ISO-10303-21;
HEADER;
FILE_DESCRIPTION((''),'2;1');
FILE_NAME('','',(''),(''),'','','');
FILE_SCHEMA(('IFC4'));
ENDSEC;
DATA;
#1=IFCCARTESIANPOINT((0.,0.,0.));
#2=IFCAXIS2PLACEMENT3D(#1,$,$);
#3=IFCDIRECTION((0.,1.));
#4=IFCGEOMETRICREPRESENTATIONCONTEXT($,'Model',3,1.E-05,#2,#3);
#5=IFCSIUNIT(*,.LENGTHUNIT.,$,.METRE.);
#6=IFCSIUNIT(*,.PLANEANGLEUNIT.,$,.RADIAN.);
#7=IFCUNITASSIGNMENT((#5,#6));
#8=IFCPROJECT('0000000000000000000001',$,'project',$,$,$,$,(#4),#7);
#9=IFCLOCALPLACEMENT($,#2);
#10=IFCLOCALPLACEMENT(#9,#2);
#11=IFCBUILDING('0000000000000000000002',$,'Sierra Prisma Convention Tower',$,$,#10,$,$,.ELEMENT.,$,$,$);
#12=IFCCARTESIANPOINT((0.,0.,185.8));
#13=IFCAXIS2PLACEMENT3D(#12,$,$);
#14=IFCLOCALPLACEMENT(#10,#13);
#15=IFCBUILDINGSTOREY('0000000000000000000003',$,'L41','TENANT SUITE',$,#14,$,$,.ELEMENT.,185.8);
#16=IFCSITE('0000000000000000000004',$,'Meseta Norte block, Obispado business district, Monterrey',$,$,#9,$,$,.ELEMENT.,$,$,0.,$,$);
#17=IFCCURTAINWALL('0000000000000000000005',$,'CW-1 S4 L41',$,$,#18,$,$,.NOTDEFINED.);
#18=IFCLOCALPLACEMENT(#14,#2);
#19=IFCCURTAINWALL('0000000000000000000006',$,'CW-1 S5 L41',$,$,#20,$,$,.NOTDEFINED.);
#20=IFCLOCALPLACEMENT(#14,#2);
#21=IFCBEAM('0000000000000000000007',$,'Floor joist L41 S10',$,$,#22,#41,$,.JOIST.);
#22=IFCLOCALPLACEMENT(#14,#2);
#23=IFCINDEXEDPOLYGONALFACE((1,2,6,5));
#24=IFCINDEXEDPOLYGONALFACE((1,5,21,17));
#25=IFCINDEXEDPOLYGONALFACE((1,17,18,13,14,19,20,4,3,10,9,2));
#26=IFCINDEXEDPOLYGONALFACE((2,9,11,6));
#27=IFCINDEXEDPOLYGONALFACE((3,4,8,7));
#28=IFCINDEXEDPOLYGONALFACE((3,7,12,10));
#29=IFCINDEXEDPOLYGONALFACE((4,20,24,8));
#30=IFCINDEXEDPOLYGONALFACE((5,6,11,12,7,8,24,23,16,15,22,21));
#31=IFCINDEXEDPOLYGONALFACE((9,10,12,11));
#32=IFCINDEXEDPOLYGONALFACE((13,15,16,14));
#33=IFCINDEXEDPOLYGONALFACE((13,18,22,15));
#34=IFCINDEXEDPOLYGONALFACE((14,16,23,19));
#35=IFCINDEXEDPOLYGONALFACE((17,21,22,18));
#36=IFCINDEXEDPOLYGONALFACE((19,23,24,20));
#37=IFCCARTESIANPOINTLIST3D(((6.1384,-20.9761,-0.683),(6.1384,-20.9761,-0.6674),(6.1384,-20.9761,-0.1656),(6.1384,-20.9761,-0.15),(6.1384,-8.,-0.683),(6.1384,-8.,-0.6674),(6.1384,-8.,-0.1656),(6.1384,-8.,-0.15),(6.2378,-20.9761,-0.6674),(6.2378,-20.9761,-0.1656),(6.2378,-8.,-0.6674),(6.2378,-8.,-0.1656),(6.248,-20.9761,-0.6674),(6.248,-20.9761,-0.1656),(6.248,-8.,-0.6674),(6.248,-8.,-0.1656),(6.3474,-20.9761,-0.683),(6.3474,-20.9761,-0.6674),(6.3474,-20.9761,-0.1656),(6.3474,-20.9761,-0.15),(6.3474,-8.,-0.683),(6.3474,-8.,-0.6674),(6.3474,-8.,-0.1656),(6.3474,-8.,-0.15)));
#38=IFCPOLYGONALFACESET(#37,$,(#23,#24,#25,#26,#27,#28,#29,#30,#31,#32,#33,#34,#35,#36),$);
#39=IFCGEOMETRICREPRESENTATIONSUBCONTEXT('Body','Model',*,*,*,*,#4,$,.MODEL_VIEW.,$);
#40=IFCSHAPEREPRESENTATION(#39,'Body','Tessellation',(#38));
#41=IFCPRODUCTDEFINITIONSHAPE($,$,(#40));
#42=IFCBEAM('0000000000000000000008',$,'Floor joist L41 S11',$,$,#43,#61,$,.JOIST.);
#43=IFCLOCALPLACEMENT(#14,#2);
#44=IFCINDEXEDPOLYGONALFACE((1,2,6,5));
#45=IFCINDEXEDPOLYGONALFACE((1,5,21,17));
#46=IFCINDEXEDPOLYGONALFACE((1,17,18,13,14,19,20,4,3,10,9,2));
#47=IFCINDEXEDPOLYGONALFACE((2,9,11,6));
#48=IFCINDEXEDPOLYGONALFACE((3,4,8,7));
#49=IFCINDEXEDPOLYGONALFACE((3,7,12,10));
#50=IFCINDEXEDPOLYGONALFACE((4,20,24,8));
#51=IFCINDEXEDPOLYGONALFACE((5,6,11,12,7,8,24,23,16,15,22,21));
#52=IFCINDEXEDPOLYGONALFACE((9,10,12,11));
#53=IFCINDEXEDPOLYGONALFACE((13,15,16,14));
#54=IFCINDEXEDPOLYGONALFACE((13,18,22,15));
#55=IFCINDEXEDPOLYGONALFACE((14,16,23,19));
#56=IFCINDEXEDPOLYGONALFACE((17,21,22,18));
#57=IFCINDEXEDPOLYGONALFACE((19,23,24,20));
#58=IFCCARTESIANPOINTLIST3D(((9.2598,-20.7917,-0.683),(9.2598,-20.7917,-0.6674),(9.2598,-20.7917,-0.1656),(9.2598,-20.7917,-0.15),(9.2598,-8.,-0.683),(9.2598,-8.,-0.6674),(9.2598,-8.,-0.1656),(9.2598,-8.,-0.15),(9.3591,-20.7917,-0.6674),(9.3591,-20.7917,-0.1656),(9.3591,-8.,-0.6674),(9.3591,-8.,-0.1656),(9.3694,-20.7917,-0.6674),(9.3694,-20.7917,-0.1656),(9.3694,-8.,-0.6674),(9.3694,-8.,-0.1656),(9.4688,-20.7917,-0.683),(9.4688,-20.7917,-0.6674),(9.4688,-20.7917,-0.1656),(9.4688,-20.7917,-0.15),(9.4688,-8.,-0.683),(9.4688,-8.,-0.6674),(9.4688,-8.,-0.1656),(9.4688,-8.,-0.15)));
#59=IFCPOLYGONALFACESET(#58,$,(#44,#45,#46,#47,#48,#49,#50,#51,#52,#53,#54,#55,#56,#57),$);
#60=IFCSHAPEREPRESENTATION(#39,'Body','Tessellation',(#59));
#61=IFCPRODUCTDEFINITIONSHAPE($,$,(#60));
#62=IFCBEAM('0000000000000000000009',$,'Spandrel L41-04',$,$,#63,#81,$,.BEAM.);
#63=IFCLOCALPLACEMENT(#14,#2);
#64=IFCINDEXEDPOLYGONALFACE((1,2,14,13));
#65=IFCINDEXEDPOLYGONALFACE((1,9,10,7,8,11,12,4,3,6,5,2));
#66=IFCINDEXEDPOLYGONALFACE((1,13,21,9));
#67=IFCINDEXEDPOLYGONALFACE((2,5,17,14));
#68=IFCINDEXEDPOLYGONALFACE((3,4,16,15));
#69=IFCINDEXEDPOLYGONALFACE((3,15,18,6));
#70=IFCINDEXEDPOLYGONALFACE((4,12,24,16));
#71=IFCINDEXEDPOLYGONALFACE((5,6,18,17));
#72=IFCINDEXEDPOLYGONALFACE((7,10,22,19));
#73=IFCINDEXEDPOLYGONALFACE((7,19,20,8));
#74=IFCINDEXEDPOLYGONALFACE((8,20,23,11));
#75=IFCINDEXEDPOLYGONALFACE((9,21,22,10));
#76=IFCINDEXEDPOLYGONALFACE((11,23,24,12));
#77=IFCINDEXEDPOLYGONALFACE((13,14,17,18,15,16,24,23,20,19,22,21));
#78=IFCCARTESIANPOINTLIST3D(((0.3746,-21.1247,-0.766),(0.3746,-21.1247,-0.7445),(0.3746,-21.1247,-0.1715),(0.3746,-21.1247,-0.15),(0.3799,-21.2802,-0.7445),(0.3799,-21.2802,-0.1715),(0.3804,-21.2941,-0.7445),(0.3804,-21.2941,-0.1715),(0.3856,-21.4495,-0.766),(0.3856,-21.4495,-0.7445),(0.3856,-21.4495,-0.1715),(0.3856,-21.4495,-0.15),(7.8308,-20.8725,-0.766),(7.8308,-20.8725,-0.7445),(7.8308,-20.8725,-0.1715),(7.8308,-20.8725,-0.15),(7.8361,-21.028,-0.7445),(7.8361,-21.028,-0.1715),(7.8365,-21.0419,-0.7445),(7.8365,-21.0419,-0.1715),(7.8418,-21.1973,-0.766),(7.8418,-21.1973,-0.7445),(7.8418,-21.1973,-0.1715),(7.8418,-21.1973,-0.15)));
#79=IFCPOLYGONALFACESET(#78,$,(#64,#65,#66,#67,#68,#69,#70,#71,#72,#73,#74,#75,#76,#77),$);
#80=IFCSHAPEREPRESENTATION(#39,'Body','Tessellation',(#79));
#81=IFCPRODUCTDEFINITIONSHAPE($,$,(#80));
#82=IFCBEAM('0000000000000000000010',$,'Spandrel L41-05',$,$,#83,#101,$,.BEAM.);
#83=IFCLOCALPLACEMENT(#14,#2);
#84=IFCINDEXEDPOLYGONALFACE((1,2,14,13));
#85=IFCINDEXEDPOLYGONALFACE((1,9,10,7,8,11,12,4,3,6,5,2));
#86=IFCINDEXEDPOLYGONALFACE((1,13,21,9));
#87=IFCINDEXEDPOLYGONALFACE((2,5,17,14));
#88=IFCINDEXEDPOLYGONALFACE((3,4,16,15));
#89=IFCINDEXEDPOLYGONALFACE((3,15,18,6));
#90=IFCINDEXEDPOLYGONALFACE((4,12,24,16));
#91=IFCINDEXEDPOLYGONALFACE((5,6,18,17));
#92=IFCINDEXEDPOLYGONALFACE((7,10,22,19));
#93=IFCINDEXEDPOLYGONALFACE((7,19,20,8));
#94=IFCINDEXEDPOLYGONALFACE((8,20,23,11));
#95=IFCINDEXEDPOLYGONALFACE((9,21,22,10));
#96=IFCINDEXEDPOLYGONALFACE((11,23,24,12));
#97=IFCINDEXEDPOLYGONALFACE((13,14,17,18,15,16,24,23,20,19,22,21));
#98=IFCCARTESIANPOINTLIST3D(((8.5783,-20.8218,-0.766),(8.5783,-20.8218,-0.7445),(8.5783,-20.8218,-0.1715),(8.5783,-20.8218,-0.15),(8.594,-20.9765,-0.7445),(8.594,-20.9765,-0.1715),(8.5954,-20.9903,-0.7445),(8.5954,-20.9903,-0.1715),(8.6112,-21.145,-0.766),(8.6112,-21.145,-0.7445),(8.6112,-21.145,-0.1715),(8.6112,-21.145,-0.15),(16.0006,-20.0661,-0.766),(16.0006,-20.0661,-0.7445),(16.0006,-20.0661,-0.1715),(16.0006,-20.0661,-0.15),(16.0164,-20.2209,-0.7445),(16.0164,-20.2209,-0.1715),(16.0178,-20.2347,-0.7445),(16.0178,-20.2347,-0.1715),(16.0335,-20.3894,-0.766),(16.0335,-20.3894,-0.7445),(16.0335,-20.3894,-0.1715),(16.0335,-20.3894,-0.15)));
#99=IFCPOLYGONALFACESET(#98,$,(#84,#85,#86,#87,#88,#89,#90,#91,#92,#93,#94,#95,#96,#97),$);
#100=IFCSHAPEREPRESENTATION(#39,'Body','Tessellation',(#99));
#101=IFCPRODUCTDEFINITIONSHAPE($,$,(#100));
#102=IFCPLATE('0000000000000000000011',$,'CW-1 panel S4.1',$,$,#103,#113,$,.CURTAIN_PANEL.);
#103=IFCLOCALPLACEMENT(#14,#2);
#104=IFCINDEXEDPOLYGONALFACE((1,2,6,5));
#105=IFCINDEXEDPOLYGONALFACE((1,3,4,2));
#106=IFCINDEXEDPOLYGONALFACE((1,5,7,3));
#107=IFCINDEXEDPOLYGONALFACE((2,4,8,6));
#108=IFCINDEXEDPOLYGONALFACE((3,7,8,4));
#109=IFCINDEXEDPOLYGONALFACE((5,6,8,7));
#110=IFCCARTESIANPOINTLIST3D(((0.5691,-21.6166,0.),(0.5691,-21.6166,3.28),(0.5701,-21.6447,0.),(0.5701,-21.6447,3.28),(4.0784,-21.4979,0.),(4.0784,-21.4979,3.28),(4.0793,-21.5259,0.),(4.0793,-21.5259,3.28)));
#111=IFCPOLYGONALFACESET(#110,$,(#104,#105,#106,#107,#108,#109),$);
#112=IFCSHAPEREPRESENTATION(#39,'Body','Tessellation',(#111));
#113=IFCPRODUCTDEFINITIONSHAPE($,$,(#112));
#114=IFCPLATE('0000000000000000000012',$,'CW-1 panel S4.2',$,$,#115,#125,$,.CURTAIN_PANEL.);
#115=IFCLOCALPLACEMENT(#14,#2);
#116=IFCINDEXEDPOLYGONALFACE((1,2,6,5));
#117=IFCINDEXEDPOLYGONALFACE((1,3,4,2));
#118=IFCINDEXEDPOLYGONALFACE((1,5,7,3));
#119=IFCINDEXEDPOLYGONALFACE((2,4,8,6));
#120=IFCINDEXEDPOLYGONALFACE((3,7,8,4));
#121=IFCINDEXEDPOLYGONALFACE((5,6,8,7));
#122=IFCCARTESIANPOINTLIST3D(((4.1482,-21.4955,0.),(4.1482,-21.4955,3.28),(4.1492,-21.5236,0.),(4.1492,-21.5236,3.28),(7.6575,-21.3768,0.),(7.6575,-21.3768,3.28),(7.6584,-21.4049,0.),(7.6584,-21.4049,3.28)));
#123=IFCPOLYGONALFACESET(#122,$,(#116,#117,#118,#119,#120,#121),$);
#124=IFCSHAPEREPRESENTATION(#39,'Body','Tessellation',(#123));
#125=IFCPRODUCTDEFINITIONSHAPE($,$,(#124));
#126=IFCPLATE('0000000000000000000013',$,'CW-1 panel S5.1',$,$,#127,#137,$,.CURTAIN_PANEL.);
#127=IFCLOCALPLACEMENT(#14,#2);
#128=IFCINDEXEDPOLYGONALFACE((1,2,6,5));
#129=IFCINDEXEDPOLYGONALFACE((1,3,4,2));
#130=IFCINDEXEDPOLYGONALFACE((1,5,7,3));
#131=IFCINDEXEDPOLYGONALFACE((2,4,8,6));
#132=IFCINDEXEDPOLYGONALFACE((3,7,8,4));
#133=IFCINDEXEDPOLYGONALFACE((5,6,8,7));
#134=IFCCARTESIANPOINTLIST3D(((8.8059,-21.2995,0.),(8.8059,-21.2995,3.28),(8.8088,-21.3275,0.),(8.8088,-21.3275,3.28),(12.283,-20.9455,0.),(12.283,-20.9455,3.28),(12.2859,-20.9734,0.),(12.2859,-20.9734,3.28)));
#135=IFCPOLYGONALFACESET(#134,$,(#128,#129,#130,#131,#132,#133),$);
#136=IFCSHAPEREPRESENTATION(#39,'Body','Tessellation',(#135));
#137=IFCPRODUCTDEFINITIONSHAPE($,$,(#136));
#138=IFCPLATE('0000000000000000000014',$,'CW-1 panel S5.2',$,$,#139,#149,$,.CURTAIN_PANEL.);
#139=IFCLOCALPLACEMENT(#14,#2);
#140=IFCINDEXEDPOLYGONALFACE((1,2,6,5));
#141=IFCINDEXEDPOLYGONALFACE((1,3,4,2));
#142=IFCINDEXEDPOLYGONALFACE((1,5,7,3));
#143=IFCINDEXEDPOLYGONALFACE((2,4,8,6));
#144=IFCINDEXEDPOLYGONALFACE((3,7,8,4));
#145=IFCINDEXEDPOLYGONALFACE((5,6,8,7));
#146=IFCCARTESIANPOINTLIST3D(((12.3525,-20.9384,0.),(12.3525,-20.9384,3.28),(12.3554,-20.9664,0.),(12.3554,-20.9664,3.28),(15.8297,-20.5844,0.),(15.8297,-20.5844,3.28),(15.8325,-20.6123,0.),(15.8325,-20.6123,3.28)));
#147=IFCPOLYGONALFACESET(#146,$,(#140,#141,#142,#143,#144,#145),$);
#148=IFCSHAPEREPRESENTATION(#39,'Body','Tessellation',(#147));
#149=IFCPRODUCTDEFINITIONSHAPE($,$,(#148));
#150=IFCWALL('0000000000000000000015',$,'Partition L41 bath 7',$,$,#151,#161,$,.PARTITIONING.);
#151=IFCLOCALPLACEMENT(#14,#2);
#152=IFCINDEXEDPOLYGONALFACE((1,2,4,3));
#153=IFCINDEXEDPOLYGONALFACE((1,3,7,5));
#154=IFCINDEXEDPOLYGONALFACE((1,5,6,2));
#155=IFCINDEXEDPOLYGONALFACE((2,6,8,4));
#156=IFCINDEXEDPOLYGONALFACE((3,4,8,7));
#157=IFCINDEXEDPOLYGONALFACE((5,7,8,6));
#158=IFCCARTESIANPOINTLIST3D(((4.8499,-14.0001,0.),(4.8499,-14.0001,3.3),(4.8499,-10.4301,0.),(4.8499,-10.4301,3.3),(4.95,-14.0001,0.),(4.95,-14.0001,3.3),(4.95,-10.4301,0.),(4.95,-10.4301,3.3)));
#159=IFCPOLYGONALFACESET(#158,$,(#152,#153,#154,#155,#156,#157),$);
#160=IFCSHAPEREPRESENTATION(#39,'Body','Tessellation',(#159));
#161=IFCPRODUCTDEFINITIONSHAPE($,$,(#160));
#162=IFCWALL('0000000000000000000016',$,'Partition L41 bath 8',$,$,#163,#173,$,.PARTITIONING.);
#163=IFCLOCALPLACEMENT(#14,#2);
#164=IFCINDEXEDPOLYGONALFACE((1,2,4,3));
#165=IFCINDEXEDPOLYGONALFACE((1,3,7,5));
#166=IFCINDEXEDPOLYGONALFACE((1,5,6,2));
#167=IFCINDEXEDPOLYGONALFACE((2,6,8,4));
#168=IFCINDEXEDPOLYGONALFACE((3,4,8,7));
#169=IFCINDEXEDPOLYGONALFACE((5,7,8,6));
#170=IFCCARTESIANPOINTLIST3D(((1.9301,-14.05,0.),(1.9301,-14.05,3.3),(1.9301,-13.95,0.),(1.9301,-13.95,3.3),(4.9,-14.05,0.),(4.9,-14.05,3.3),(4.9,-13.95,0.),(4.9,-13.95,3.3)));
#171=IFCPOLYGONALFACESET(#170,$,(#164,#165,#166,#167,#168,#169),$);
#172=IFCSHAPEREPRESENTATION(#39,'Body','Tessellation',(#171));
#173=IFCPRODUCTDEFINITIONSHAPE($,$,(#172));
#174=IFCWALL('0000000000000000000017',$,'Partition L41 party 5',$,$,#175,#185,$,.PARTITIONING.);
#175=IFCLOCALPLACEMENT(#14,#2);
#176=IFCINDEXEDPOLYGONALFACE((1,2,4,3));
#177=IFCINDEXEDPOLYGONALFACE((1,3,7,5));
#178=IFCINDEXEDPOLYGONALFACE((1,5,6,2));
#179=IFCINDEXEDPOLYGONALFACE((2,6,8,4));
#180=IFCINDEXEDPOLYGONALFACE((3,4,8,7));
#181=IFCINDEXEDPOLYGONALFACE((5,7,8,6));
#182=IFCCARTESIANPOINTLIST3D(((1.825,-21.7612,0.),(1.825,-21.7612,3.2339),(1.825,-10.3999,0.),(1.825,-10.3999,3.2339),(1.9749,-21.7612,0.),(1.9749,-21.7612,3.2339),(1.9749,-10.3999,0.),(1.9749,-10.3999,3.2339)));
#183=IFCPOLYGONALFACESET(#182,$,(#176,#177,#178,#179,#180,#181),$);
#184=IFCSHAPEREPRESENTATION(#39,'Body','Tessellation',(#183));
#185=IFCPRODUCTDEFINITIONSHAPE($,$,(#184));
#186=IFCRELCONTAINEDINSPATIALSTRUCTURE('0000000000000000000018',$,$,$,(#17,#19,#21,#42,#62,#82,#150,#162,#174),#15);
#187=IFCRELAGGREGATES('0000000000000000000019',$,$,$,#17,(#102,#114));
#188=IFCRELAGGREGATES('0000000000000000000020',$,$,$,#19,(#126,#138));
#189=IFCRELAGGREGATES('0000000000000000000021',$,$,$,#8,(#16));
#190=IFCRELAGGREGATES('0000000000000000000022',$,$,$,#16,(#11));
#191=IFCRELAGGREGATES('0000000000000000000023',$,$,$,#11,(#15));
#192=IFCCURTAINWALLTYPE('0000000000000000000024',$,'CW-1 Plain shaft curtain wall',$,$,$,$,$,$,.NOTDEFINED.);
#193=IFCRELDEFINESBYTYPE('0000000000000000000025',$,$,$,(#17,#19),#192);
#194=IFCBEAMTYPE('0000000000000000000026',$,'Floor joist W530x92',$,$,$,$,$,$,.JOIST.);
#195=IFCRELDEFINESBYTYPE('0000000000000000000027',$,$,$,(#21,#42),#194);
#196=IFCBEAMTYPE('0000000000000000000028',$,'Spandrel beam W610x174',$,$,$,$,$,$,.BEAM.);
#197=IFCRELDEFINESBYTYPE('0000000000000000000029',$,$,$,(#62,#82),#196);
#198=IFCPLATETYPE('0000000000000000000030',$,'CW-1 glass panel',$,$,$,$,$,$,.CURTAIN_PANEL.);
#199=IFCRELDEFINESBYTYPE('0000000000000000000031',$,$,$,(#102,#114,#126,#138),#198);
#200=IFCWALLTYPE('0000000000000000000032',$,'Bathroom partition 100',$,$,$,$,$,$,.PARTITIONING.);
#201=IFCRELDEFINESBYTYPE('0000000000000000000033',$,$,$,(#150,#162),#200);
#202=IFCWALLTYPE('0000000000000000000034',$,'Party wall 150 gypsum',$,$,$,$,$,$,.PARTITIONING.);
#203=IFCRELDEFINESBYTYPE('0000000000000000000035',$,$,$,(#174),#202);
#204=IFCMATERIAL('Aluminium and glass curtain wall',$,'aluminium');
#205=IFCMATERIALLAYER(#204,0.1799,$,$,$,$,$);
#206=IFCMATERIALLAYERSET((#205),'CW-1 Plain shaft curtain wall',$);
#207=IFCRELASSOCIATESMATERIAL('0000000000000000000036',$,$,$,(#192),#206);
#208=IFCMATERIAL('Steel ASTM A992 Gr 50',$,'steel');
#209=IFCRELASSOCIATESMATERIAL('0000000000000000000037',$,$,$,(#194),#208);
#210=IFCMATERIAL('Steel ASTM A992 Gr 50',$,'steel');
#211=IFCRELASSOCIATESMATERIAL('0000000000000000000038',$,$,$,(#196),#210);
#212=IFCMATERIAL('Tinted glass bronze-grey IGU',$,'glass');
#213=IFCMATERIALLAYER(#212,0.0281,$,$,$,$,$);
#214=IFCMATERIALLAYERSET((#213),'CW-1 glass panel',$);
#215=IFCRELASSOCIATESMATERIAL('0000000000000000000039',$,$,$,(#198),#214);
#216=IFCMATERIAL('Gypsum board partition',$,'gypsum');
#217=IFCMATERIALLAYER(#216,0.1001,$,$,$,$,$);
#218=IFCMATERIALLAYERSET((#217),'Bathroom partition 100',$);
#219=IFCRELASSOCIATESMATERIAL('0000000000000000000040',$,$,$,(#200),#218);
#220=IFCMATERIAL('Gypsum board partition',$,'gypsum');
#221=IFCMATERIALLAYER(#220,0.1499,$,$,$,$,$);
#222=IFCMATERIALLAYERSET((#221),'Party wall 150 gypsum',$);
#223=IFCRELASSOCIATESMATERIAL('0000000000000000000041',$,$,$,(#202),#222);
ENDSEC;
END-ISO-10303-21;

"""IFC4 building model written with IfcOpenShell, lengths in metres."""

from ifc_helpers import new_model, si_unit, direction, frame, frame_2d, origin, origin_2d, place, context, subcontext, project, spatial, rectangle, i_section, extrude, material, layer, layer_set, material_profile, profile_set, type_object, element, aggregate, save


model = new_model("IFC4")

# Units and contexts
model_context = context("Model", 3, precision=1e-05, world=origin(), true_north=direction((0.0, 1.0)))
body_context = subcontext(model_context, "Body", "Model", "MODEL_VIEW")
ifc_project = project(units=[si_unit("LENGTHUNIT", "METRE"), si_unit("PLANEANGLEUNIT", "RADIAN")], contexts=[model_context])

# Site, building, storey
site_placement = place(None, origin())
site = spatial("IfcSite", under=ifc_project, at=site_placement, Name="Meseta Norte block, Obispado business district, Monterrey", CompositionType="ELEMENT", RefElevation=0.0)
building_placement = place(site_placement, origin())
building = spatial("IfcBuilding", under=site, at=building_placement, Name="Sierra Prisma Convention Tower", CompositionType="ELEMENT")
storey_placement = place(building_placement, frame((0.0, 0.0, 185.8)))
storey = spatial("IfcBuildingStorey", under=building, at=storey_placement, Name="L41", Description="TENANT SUITE", CompositionType="ELEMENT", Elevation=185.8)

# Curtain walls
ifc_material_1 = material(Name="Aluminium and glass curtain wall", Category="aluminium")
ifc_layer_1 = layer(ifc_material_1, 0.1799)
ifc_layer_set_1 = layer_set([ifc_layer_1], Name="CW-1 Plain shaft curtain wall")
curtain_wall_type = type_object("IfcCurtainWallType", Name="CW-1 Plain shaft curtain wall", PredefinedType="NOTDEFINED", material=ifc_layer_set_1)
curtain_wall_1_placement = place(storey_placement, origin())
curtain_wall_1 = element("IfcCurtainWall", 1, at=curtain_wall_1_placement, inside=storey, type_object=curtain_wall_type, Name="CW-1 S4 L41", PredefinedType="NOTDEFINED")
curtain_wall_2_placement = place(storey_placement, origin())
curtain_wall_2 = element("IfcCurtainWall", 2, at=curtain_wall_2_placement, inside=storey, type_object=curtain_wall_type, Name="CW-1 S5 L41", PredefinedType="NOTDEFINED")

# Beams
ifc_material_2 = material(Name="Steel ASTM A992 Gr 50", Category="steel")
ifc_material_profile_1 = material_profile(ifc_material_2, i_section(OverallWidth=0.209, OverallDepth=0.533, WebThickness=0.0103, FlangeThickness=0.0156, at=origin_2d()), Name="W530x92")
ifc_profile_set_1 = profile_set([ifc_material_profile_1], Name="Steel ASTM A992 Gr 50")
beam_type_1 = type_object("IfcBeamType", Name="Floor joist W530x92", PredefinedType="JOIST", material=ifc_profile_set_1)
beam_1_placement = place(storey_placement, frame((6.2429, -20.9761, -0.4165), z_axis=(0.0, 1.0, 0.0), x_axis=(-1.0, 0.0, 0.0)))
element("IfcBeam", 3, at=beam_1_placement, inside=storey, type_object=beam_type_1, Name="Floor joist L41 S10", PredefinedType="JOIST", context=body_context, shape_type="SweptSolid", body=[
    extrude(i_section(OverallWidth=0.209, OverallDepth=0.533, WebThickness=0.0103, FlangeThickness=0.0156, at=origin_2d()), origin(), (0.0, 0.0, 1.0), 12.9761),
])
beam_2_placement = place(storey_placement, frame((9.3643, -20.7917, -0.4165), z_axis=(0.0, 1.0, 0.0), x_axis=(-1.0, 0.0, 0.0)))
element("IfcBeam", 4, at=beam_2_placement, inside=storey, type_object=beam_type_1, Name="Floor joist L41 S11", PredefinedType="JOIST", context=body_context, shape_type="SweptSolid", body=[
    extrude(i_section(OverallWidth=0.209, OverallDepth=0.533, WebThickness=0.0103, FlangeThickness=0.0156, at=origin_2d()), origin(), (0.0, 0.0, 1.0), 12.7917),
])
ifc_material_3 = material(Name="Steel ASTM A992 Gr 50", Category="steel")
ifc_material_profile_2 = material_profile(ifc_material_3, i_section(OverallWidth=0.325, OverallDepth=0.616, WebThickness=0.0139, FlangeThickness=0.0215, at=origin_2d()), Name="W610x174")
ifc_profile_set_2 = profile_set([ifc_material_profile_2], Name="Steel ASTM A992 Gr 50")
beam_type_2 = type_object("IfcBeamType", Name="Spandrel beam W610x174", PredefinedType="BEAM", material=ifc_profile_set_2)
beam_3_placement = place(storey_placement, frame((0.3801, -21.2871, -0.458), z_axis=(0.999428, 0.033804, 0.0), x_axis=(-0.033804, 0.999428, 0.0)))
element("IfcBeam", 5, at=beam_3_placement, inside=storey, type_object=beam_type_2, Name="Spandrel L41-04", PredefinedType="BEAM", context=body_context, shape_type="SweptSolid", body=[
    extrude(i_section(OverallWidth=0.325, OverallDepth=0.616, WebThickness=0.0139, FlangeThickness=0.0215, at=origin_2d()), origin(), (0.0, 0.0, 1.0), 7.4604),
])
beam_4_placement = place(storey_placement, frame((8.5947, -20.9834, -0.458), z_axis=(0.994858, 0.101279, 0.0), x_axis=(-0.101279, 0.994858, 0.0)))
element("IfcBeam", 6, at=beam_4_placement, inside=storey, type_object=beam_type_2, Name="Spandrel L41-05", PredefinedType="BEAM", context=body_context, shape_type="SweptSolid", body=[
    extrude(i_section(OverallWidth=0.325, OverallDepth=0.616, WebThickness=0.0139, FlangeThickness=0.0215, at=origin_2d()), origin(), (0.0, 0.0, 1.0), 7.4607),
])

# Plates
ifc_material_4 = material(Name="Tinted glass bronze-grey IGU", Category="glass")
ifc_layer_2 = layer(ifc_material_4, 0.0281)
ifc_layer_set_2 = layer_set([ifc_layer_2], Name="CW-1 glass panel")
plate_type = type_object("IfcPlateType", Name="CW-1 glass panel", PredefinedType="CURTAIN_PANEL", material=ifc_layer_set_2)
plate_1_placement = place(storey_placement, frame((2.3242, -21.5713, 0.0), z_axis=(0.0, 0.0, 1.0), x_axis=(0.999428, 0.033817, 0.0)))
plate_1 = element("IfcPlate", 7, at=plate_1_placement, type_object=plate_type, Name="CW-1 panel S4.1", PredefinedType="CURTAIN_PANEL", context=body_context, shape_type="SweptSolid", body=[
    extrude(rectangle(XDim=3.5112, YDim=0.0281, at=origin_2d()), origin(), (0.0, 0.0, 1.0), 3.28),
])
plate_2_placement = place(storey_placement, frame((5.9033, -21.4502, 0.0), z_axis=(0.0, 0.0, 1.0), x_axis=(0.999428, 0.033817, 0.0)))
plate_2 = element("IfcPlate", 8, at=plate_2_placement, type_object=plate_type, Name="CW-1 panel S4.2", PredefinedType="CURTAIN_PANEL", context=body_context, shape_type="SweptSolid", body=[
    extrude(rectangle(XDim=3.5112, YDim=0.0281, at=origin_2d()), origin(), (0.0, 0.0, 1.0), 3.28),
])
aggregate(curtain_wall_1, [plate_1, plate_2])
plate_3_placement = place(storey_placement, frame((10.5459, -21.1365, 0.0), z_axis=(0.0, 0.0, 1.0), x_axis=(0.994856, 0.101297, 0.0)))
plate_3 = element("IfcPlate", 9, at=plate_3_placement, type_object=plate_type, Name="CW-1 panel S5.1", PredefinedType="CURTAIN_PANEL", context=body_context, shape_type="SweptSolid", body=[
    extrude(rectangle(XDim=3.4951, YDim=0.0281, at=origin_2d()), origin(), (0.0, 0.0, 1.0), 3.28),
])
plate_4_placement = place(storey_placement, frame((14.0925, -20.7754, 0.0), z_axis=(0.0, 0.0, 1.0), x_axis=(0.994856, 0.101297, 0.0)))
plate_4 = element("IfcPlate", 10, at=plate_4_placement, type_object=plate_type, Name="CW-1 panel S5.2", PredefinedType="CURTAIN_PANEL", context=body_context, shape_type="SweptSolid", body=[
    extrude(rectangle(XDim=3.4951, YDim=0.0281, at=origin_2d()), origin(), (0.0, 0.0, 1.0), 3.28),
])
aggregate(curtain_wall_2, [plate_3, plate_4])

# Walls
ifc_material_5 = material(Name="Gypsum board partition", Category="gypsum")
ifc_layer_3 = layer(ifc_material_5, 0.1001)
ifc_layer_set_3 = layer_set([ifc_layer_3], Name="Bathroom partition 100")
wall_type_1 = type_object("IfcWallType", Name="Bathroom partition 100", PredefinedType="PARTITIONING", material=ifc_layer_set_3)
wall_1_placement = place(storey_placement, frame((4.8999, -10.4299, 0.0), z_axis=(0.0, 0.0, 1.0), x_axis=(0.0, -1.0, 0.0)))
element("IfcWall", 11, at=wall_1_placement, inside=storey, type_object=wall_type_1, Name="Partition L41 bath 7", PredefinedType="PARTITIONING", context=body_context, shape_type="SweptSolid", body=[
    extrude(rectangle(XDim=3.5701, YDim=0.1001, at=frame_2d((1.7852, 0.0))), origin(), (0.0, 0.0, 1.0), 3.3),
])
wall_2_placement = place(storey_placement, frame((4.8999, -14.0, 0.0), z_axis=(0.0, 0.0, 1.0), x_axis=(-1.0, 0.0, 0.0)))
element("IfcWall", 12, at=wall_2_placement, inside=storey, type_object=wall_type_1, Name="Partition L41 bath 8", PredefinedType="PARTITIONING", context=body_context, shape_type="SweptSolid", body=[
    extrude(rectangle(XDim=2.97, YDim=0.1001, at=frame_2d((1.4849, 0.0))), origin(), (0.0, 0.0, 1.0), 3.3),
])
ifc_material_6 = material(Name="Gypsum board partition", Category="gypsum")
ifc_layer_4 = layer(ifc_material_6, 0.1499)
ifc_layer_set_4 = layer_set([ifc_layer_4], Name="Party wall 150 gypsum")
wall_type_2 = type_object("IfcWallType", Name="Party wall 150 gypsum", PredefinedType="PARTITIONING", material=ifc_layer_set_4)
wall_3_placement = place(storey_placement, frame((1.8999, -10.3999, 0.0), z_axis=(0.0, 0.0, 1.0), x_axis=(0.0, -1.0, 0.0)))
element("IfcWall", 13, at=wall_3_placement, inside=storey, type_object=wall_type_2, Name="Partition L41 party 5", PredefinedType="PARTITIONING", context=body_context, shape_type="SweptSolid", body=[
    extrude(rectangle(XDim=11.3613, YDim=0.1499, at=frame_2d((5.6807, 0.0))), origin(), (0.0, 0.0, 1.0), 3.2339),
])

save(model, "model.ifc")
